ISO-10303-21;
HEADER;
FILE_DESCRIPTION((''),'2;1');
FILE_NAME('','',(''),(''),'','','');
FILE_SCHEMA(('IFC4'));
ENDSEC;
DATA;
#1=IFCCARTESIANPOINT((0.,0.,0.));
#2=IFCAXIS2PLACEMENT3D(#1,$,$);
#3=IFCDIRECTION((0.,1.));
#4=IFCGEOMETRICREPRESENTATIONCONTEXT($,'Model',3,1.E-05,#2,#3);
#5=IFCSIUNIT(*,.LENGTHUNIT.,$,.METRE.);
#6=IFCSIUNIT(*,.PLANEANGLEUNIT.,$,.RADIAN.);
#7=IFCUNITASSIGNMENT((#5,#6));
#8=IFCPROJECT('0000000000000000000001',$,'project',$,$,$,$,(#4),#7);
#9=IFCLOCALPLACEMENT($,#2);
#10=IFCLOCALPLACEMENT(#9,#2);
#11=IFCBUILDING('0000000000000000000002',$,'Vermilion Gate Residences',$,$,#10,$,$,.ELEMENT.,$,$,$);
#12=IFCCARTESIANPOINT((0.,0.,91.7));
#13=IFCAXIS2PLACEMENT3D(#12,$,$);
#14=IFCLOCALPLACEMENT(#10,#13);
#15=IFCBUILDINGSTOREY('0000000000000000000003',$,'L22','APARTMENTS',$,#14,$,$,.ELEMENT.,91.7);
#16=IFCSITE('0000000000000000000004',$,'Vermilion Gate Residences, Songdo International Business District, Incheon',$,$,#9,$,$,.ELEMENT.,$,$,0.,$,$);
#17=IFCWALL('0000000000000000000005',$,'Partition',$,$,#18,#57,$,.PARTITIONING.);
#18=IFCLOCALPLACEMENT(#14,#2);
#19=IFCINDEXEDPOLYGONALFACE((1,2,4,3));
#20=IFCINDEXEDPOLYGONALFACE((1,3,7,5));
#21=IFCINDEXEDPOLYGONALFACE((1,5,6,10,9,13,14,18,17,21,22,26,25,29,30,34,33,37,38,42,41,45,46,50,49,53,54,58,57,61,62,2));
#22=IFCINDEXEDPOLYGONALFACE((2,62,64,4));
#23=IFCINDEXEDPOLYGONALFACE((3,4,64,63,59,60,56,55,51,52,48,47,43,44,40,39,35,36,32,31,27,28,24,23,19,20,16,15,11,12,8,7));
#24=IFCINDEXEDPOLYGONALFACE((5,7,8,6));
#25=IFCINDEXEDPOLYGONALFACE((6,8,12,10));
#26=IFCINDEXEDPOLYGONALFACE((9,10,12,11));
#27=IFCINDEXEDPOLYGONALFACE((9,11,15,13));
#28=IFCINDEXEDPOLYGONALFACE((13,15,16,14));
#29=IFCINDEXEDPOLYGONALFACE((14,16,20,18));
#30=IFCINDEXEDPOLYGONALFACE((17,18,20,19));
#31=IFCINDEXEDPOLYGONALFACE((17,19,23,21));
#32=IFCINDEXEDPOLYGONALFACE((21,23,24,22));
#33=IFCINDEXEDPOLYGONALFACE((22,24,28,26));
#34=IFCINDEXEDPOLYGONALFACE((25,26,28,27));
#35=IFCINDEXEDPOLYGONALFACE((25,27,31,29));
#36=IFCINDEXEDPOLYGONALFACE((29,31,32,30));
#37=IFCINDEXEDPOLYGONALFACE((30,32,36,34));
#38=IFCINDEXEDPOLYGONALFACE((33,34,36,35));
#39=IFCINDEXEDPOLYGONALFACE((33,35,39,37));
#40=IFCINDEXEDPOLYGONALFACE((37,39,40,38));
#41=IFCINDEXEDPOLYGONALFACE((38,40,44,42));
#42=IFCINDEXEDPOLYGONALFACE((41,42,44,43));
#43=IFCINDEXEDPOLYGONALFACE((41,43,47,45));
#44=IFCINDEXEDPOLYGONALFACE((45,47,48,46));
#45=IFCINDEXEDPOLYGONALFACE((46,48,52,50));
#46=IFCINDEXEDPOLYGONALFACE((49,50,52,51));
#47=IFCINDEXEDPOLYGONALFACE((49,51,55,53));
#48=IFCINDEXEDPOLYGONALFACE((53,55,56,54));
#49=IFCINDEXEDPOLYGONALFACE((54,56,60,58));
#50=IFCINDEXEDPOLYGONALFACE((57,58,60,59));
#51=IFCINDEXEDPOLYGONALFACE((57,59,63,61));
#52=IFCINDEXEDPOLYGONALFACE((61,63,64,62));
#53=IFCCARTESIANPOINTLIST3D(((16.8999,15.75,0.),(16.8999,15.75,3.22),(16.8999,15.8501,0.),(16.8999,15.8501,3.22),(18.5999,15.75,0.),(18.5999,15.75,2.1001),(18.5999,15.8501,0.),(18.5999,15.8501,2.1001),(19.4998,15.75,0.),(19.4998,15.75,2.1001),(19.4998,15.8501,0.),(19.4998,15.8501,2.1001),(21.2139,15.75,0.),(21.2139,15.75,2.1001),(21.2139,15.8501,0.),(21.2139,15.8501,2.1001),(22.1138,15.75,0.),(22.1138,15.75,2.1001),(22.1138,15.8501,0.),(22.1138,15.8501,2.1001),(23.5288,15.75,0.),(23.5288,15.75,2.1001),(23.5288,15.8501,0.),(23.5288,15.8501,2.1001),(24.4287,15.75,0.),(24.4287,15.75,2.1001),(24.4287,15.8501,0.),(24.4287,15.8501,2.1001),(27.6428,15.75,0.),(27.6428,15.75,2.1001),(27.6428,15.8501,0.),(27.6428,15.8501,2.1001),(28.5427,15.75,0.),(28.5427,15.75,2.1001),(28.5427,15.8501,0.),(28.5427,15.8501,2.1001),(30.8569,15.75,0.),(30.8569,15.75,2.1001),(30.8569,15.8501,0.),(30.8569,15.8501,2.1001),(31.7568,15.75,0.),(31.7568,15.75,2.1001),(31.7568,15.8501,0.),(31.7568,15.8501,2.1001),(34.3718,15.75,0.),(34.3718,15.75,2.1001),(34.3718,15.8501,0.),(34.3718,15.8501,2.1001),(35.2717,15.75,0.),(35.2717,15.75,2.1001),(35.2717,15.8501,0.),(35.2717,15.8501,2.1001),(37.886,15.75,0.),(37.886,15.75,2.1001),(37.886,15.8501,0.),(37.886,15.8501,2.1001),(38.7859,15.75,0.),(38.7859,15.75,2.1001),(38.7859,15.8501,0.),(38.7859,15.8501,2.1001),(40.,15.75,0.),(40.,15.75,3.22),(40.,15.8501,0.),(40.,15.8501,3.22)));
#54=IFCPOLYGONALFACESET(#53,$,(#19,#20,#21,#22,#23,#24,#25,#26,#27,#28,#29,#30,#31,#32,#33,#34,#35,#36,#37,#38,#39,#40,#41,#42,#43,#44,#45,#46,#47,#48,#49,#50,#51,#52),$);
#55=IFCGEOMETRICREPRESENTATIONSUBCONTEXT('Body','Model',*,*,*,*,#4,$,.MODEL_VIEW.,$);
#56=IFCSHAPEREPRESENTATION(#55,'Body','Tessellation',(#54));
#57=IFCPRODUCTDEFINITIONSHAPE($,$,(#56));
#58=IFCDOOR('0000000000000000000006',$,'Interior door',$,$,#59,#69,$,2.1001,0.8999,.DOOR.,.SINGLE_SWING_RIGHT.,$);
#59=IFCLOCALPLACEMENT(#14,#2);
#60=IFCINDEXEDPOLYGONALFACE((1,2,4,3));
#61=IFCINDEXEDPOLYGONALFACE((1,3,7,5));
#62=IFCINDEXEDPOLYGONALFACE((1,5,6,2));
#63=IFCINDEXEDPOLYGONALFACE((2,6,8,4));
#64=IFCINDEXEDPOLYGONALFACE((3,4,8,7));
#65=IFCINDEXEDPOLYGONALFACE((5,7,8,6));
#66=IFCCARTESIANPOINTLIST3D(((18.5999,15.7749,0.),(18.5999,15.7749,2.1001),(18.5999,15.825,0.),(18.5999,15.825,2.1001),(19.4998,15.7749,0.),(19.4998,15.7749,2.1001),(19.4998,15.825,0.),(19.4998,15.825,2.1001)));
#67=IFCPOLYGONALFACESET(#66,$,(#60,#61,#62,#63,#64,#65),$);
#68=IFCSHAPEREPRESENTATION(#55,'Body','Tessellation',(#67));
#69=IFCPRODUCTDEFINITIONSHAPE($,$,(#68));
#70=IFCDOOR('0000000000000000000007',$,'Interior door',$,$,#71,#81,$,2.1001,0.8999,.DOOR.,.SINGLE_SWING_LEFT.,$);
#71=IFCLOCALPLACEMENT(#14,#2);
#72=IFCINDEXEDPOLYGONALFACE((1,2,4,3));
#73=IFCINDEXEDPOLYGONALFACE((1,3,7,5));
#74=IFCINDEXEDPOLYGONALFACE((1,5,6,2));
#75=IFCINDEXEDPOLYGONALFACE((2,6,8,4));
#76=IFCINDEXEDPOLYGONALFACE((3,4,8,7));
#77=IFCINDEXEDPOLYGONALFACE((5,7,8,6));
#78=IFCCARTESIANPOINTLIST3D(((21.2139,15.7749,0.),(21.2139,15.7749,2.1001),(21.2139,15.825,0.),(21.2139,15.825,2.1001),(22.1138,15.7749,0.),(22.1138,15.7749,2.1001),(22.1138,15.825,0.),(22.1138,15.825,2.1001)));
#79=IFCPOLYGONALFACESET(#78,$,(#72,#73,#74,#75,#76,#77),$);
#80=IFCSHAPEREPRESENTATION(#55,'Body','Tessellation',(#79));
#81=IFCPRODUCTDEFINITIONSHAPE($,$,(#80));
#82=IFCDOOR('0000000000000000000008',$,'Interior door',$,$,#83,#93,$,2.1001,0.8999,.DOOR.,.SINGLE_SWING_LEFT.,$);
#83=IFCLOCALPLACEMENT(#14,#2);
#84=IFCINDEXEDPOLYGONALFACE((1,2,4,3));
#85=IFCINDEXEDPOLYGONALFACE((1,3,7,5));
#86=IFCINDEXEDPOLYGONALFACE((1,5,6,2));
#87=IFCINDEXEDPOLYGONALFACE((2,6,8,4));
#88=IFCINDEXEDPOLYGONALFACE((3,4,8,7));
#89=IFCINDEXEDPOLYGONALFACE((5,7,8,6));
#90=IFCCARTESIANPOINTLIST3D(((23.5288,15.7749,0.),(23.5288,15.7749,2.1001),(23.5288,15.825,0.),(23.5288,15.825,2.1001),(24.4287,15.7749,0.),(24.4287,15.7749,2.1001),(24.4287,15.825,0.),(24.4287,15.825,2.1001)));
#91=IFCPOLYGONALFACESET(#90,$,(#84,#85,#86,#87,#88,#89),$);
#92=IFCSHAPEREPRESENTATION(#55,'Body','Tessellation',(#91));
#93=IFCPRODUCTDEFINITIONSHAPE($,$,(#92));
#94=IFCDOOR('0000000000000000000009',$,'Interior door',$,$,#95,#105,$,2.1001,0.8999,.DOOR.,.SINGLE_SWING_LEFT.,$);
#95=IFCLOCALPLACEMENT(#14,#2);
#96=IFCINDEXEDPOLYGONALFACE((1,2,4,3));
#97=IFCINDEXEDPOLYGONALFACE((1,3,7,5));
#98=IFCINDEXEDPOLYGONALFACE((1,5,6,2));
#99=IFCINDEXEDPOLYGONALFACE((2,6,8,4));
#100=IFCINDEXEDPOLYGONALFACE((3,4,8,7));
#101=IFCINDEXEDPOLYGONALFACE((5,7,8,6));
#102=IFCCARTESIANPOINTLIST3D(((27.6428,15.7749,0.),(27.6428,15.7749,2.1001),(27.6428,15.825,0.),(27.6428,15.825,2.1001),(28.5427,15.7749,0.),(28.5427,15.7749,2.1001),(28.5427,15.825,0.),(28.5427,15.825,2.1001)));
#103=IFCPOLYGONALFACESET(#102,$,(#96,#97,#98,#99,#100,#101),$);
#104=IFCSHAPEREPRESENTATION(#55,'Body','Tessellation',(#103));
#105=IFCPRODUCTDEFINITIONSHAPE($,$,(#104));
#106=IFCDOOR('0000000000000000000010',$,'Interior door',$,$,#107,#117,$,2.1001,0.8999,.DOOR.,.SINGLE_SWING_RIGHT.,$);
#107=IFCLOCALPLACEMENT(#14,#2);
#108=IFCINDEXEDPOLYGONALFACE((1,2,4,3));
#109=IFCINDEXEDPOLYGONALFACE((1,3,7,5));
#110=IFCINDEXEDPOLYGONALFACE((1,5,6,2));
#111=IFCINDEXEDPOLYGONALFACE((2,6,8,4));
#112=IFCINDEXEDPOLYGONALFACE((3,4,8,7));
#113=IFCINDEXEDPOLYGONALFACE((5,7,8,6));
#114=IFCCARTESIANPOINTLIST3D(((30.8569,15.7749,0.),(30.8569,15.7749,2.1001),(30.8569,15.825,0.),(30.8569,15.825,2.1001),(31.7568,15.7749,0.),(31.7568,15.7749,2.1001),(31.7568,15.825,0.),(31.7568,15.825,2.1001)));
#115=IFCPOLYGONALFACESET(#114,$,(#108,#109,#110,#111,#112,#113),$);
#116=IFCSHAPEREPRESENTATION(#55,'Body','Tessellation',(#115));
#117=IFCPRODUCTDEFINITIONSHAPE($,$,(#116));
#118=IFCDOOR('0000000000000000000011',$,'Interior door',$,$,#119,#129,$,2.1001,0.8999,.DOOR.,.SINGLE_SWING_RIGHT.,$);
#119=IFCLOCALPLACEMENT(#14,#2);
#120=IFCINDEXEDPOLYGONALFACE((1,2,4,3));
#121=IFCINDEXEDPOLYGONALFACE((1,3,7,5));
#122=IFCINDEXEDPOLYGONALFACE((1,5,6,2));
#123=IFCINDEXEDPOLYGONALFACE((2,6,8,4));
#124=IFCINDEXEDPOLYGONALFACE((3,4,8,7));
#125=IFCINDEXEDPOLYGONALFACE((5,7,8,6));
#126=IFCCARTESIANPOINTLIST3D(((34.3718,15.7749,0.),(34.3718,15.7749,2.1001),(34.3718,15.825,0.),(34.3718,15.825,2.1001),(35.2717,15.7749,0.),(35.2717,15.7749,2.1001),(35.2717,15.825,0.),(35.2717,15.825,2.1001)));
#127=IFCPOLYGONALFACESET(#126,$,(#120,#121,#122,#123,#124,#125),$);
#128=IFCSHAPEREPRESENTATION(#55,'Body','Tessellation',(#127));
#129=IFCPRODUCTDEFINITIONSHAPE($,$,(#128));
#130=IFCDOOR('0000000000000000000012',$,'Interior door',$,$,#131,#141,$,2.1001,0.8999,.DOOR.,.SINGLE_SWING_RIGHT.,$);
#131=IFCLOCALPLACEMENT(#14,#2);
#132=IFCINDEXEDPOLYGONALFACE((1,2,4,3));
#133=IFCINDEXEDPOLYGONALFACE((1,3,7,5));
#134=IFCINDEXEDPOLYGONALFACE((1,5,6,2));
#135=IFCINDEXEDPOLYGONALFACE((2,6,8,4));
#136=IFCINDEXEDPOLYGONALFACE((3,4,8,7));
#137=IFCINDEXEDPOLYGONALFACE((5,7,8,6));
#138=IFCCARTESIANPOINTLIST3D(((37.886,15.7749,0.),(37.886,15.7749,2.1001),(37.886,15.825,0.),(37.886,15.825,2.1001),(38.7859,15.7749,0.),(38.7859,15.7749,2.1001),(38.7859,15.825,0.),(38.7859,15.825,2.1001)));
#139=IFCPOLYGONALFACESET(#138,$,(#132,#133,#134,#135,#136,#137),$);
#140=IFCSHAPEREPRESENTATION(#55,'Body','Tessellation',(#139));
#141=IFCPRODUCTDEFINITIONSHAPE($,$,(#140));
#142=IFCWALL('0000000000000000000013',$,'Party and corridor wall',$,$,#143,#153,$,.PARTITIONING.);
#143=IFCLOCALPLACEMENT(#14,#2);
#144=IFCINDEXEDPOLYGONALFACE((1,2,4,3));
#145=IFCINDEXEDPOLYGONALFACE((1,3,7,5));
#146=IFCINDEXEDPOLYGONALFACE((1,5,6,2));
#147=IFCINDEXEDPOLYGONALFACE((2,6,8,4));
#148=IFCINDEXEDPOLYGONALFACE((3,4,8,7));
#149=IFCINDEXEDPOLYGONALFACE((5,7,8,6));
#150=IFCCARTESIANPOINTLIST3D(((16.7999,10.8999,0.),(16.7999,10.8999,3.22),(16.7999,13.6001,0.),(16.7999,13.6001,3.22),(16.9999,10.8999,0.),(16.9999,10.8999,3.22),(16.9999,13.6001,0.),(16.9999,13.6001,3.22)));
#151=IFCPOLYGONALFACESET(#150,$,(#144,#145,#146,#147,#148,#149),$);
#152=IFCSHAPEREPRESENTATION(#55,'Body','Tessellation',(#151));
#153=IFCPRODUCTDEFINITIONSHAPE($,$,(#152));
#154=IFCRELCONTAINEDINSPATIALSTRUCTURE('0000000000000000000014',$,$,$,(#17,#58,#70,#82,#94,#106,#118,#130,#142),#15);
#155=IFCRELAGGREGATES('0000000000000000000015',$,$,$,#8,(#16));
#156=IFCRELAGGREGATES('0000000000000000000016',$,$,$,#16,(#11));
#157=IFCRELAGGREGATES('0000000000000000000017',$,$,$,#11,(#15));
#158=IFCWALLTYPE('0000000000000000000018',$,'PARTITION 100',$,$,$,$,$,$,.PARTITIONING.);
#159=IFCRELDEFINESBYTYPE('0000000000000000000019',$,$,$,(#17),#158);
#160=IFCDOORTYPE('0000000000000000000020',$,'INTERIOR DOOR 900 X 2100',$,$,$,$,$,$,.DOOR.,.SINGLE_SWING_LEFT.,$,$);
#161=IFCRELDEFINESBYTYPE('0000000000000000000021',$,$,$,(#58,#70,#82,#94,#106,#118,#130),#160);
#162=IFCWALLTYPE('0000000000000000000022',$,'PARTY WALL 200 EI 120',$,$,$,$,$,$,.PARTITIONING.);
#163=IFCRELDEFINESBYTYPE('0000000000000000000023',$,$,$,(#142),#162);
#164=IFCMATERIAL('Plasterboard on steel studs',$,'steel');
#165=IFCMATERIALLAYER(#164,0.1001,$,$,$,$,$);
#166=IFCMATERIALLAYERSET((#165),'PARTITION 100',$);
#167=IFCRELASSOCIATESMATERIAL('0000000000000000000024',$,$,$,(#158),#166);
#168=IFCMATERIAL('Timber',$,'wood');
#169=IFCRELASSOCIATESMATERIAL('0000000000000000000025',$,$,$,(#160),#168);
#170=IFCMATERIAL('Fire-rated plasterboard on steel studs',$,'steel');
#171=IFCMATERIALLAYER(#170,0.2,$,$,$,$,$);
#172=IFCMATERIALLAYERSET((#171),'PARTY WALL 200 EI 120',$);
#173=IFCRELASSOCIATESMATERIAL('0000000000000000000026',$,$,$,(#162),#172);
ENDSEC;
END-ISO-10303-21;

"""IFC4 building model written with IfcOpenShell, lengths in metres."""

from ifc_helpers import new_model, si_unit, direction, frame, frame_2d, origin, place, context, subcontext, project, spatial, rectangle, extrude, material, layer, layer_set, type_object, element, fill, save


model = new_model("IFC4")

# Units and contexts
model_context = context("Model", 3, precision=1e-05, world=origin(), true_north=direction((0.0, 1.0)))
body_context = subcontext(model_context, "Body", "Model", "MODEL_VIEW")
ifc_project = project(units=[si_unit("LENGTHUNIT", "METRE"), si_unit("PLANEANGLEUNIT", "RADIAN")], contexts=[model_context])

# Site, building, storey
site_placement = place(None, origin())
site = spatial("IfcSite", under=ifc_project, at=site_placement, Name="Vermilion Gate Residences, Songdo International Business District, Incheon", CompositionType="ELEMENT", RefElevation=0.0)
building_placement = place(site_placement, origin())
building = spatial("IfcBuilding", under=site, at=building_placement, Name="Vermilion Gate Residences", CompositionType="ELEMENT")
storey_placement = place(building_placement, frame((0.0, 0.0, 91.7)))
storey = spatial("IfcBuildingStorey", under=building, at=storey_placement, Name="L22", Description="APARTMENTS", CompositionType="ELEMENT", Elevation=91.7)

# Wall, openings, doors
ifc_material_1 = material(Name="Plasterboard on steel studs", Category="steel")
ifc_layer_1 = layer(ifc_material_1, 0.1001)
ifc_layer_set_1 = layer_set([ifc_layer_1], Name="PARTITION 100")
wall_type_1 = type_object("IfcWallType", Name="PARTITION 100", PredefinedType="PARTITIONING", material=ifc_layer_set_1)
ifc_material_2 = material(Name="Timber", Category="wood")
door_type_1 = type_object("IfcDoorType", Name="INTERIOR DOOR 900 X 2100", OperationType="SINGLE_SWING_LEFT", PredefinedType="DOOR", material=ifc_material_2)
wall_1_placement = place(storey_placement, frame((16.8999, 15.8, 0.0), z_axis=(0.0, 0.0, 1.0), x_axis=(1.0, 0.0, 0.0)))
wall_1 = element("IfcWall", 1, at=wall_1_placement, inside=storey, type_object=wall_type_1, Name="Partition", PredefinedType="PARTITIONING", context=body_context, shape_type="SweptSolid", body=[
    extrude(rectangle(XDim=23.1001, YDim=0.1001, at=frame_2d((11.55, 0.0))), origin(), (0.0, 0.0, 1.0), 3.22),
])
opening_1_placement = place(wall_1_placement, frame((1.7, 0.0, 0.0)))
opening_1 = element("IfcOpeningElement", 2, at=opening_1_placement, cuts=wall_1, PredefinedType="OPENING", context=body_context, shape_type="SweptSolid", body=[
    extrude(rectangle(XDim=0.8999, YDim=2.1001, at=frame_2d((0.45, 1.05))), frame((0.0, 0.0601, 0.0), z_axis=(0.0, -1.0, 0.0), x_axis=(1.0, 0.0, 0.0)), (0.0, 0.0, 1.0), 0.1201),
])
opening_2_placement = place(wall_1_placement, frame((4.314, 0.0, 0.0)))
opening_2 = element("IfcOpeningElement", 3, at=opening_2_placement, cuts=wall_1, PredefinedType="OPENING", context=body_context, shape_type="SweptSolid", body=[
    extrude(rectangle(XDim=0.8999, YDim=2.1001, at=frame_2d((0.45, 1.05))), frame((0.0, 0.0601, 0.0), z_axis=(0.0, -1.0, 0.0), x_axis=(1.0, 0.0, 0.0)), (0.0, 0.0, 1.0), 0.1201),
])
opening_3_placement = place(wall_1_placement, frame((6.6289, 0.0, 0.0)))
opening_3 = element("IfcOpeningElement", 4, at=opening_3_placement, cuts=wall_1, PredefinedType="OPENING", context=body_context, shape_type="SweptSolid", body=[
    extrude(rectangle(XDim=0.8999, YDim=2.1001, at=frame_2d((0.45, 1.05))), frame((0.0, 0.0601, 0.0), z_axis=(0.0, -1.0, 0.0), x_axis=(1.0, 0.0, 0.0)), (0.0, 0.0, 1.0), 0.1201),
])
opening_4_placement = place(wall_1_placement, frame((10.7429, 0.0, 0.0)))
opening_4 = element("IfcOpeningElement", 5, at=opening_4_placement, cuts=wall_1, PredefinedType="OPENING", context=body_context, shape_type="SweptSolid", body=[
    extrude(rectangle(XDim=0.8999, YDim=2.1001, at=frame_2d((0.45, 1.05))), frame((0.0, 0.0601, 0.0), z_axis=(0.0, -1.0, 0.0), x_axis=(1.0, 0.0, 0.0)), (0.0, 0.0, 1.0), 0.1201),
])
opening_5_placement = place(wall_1_placement, frame((13.957, 0.0, 0.0)))
opening_5 = element("IfcOpeningElement", 6, at=opening_5_placement, cuts=wall_1, PredefinedType="OPENING", context=body_context, shape_type="SweptSolid", body=[
    extrude(rectangle(XDim=0.8999, YDim=2.1001, at=frame_2d((0.45, 1.05))), frame((0.0, 0.0601, 0.0), z_axis=(0.0, -1.0, 0.0), x_axis=(1.0, 0.0, 0.0)), (0.0, 0.0, 1.0), 0.1201),
])
opening_6_placement = place(wall_1_placement, frame((17.4719, 0.0, 0.0)))
opening_6 = element("IfcOpeningElement", 7, at=opening_6_placement, cuts=wall_1, PredefinedType="OPENING", context=body_context, shape_type="SweptSolid", body=[
    extrude(rectangle(XDim=0.8999, YDim=2.1001, at=frame_2d((0.45, 1.05))), frame((0.0, 0.0601, 0.0), z_axis=(0.0, -1.0, 0.0), x_axis=(1.0, 0.0, 0.0)), (0.0, 0.0, 1.0), 0.1201),
])
opening_7_placement = place(wall_1_placement, frame((20.9861, 0.0, 0.0)))
opening_7 = element("IfcOpeningElement", 8, at=opening_7_placement, cuts=wall_1, PredefinedType="OPENING", context=body_context, shape_type="SweptSolid", body=[
    extrude(rectangle(XDim=0.8999, YDim=2.1001, at=frame_2d((0.45, 1.05))), frame((0.0, 0.0601, 0.0), z_axis=(0.0, -1.0, 0.0), x_axis=(1.0, 0.0, 0.0)), (0.0, 0.0, 1.0), 0.1201),
])
door_1_placement = place(opening_1_placement, origin())
door_1 = element("IfcDoor", 9, at=door_1_placement, inside=storey, type_object=door_type_1, Name="Interior door", OperationType="SINGLE_SWING_RIGHT", OverallHeight=2.1001, OverallWidth=0.8999, PredefinedType="DOOR", context=body_context, shape_type="SweptSolid", body=[
    extrude(rectangle(XDim=0.8999, YDim=2.1001, at=frame_2d((0.45, 1.05))), frame((0.0, 0.0249, 0.0), z_axis=(0.0, -1.0, 0.0), x_axis=(1.0, 0.0, 0.0)), (0.0, 0.0, 1.0), 0.05),
])
fill(opening_1, door_1)
door_2_placement = place(opening_2_placement, origin())
door_2 = element("IfcDoor", 10, at=door_2_placement, inside=storey, type_object=door_type_1, Name="Interior door", OperationType="SINGLE_SWING_LEFT", OverallHeight=2.1001, OverallWidth=0.8999, PredefinedType="DOOR", context=body_context, shape_type="SweptSolid", body=[
    extrude(rectangle(XDim=0.8999, YDim=2.1001, at=frame_2d((0.45, 1.05))), frame((0.0, 0.0249, 0.0), z_axis=(0.0, -1.0, 0.0), x_axis=(1.0, 0.0, 0.0)), (0.0, 0.0, 1.0), 0.05),
])
fill(opening_2, door_2)
door_3_placement = place(opening_3_placement, origin())
door_3 = element("IfcDoor", 11, at=door_3_placement, inside=storey, type_object=door_type_1, Name="Interior door", OperationType="SINGLE_SWING_LEFT", OverallHeight=2.1001, OverallWidth=0.8999, PredefinedType="DOOR", context=body_context, shape_type="SweptSolid", body=[
    extrude(rectangle(XDim=0.8999, YDim=2.1001, at=frame_2d((0.45, 1.05))), frame((0.0, 0.0249, 0.0), z_axis=(0.0, -1.0, 0.0), x_axis=(1.0, 0.0, 0.0)), (0.0, 0.0, 1.0), 0.05),
])
fill(opening_3, door_3)
door_4_placement = place(opening_4_placement, origin())
door_4 = element("IfcDoor", 12, at=door_4_placement, inside=storey, type_object=door_type_1, Name="Interior door", OperationType="SINGLE_SWING_LEFT", OverallHeight=2.1001, OverallWidth=0.8999, PredefinedType="DOOR", context=body_context, shape_type="SweptSolid", body=[
    extrude(rectangle(XDim=0.8999, YDim=2.1001, at=frame_2d((0.45, 1.05))), frame((0.0, 0.0249, 0.0), z_axis=(0.0, -1.0, 0.0), x_axis=(1.0, 0.0, 0.0)), (0.0, 0.0, 1.0), 0.05),
])
fill(opening_4, door_4)
door_5_placement = place(opening_5_placement, origin())
door_5 = element("IfcDoor", 13, at=door_5_placement, inside=storey, type_object=door_type_1, Name="Interior door", OperationType="SINGLE_SWING_RIGHT", OverallHeight=2.1001, OverallWidth=0.8999, PredefinedType="DOOR", context=body_context, shape_type="SweptSolid", body=[
    extrude(rectangle(XDim=0.8999, YDim=2.1001, at=frame_2d((0.45, 1.05))), frame((0.0, 0.0249, 0.0), z_axis=(0.0, -1.0, 0.0), x_axis=(1.0, 0.0, 0.0)), (0.0, 0.0, 1.0), 0.05),
])
fill(opening_5, door_5)
door_6_placement = place(opening_6_placement, origin())
door_6 = element("IfcDoor", 14, at=door_6_placement, inside=storey, type_object=door_type_1, Name="Interior door", OperationType="SINGLE_SWING_RIGHT", OverallHeight=2.1001, OverallWidth=0.8999, PredefinedType="DOOR", context=body_context, shape_type="SweptSolid", body=[
    extrude(rectangle(XDim=0.8999, YDim=2.1001, at=frame_2d((0.45, 1.05))), frame((0.0, 0.0249, 0.0), z_axis=(0.0, -1.0, 0.0), x_axis=(1.0, 0.0, 0.0)), (0.0, 0.0, 1.0), 0.05),
])
fill(opening_6, door_6)
door_7_placement = place(opening_7_placement, origin())
door_7 = element("IfcDoor", 15, at=door_7_placement, inside=storey, type_object=door_type_1, Name="Interior door", OperationType="SINGLE_SWING_RIGHT", OverallHeight=2.1001, OverallWidth=0.8999, PredefinedType="DOOR", context=body_context, shape_type="SweptSolid", body=[
    extrude(rectangle(XDim=0.8999, YDim=2.1001, at=frame_2d((0.45, 1.05))), frame((0.0, 0.0249, 0.0), z_axis=(0.0, -1.0, 0.0), x_axis=(1.0, 0.0, 0.0)), (0.0, 0.0, 1.0), 0.05),
])
fill(opening_7, door_7)

# Wall
ifc_material_3 = material(Name="Fire-rated plasterboard on steel studs", Category="steel")
ifc_layer_2 = layer(ifc_material_3, 0.2)
ifc_layer_set_2 = layer_set([ifc_layer_2], Name="PARTY WALL 200 EI 120")
wall_type_2 = type_object("IfcWallType", Name="PARTY WALL 200 EI 120", PredefinedType="PARTITIONING", material=ifc_layer_set_2)
wall_2_placement = place(storey_placement, frame((16.8999, 10.8999, 0.0), z_axis=(0.0, 0.0, 1.0), x_axis=(0.0, 1.0, 0.0)))
element("IfcWall", 16, at=wall_2_placement, inside=storey, type_object=wall_type_2, Name="Party and corridor wall", PredefinedType="PARTITIONING", context=body_context, shape_type="SweptSolid", body=[
    extrude(rectangle(XDim=2.7002, YDim=0.2, at=frame_2d((1.3501, 0.0))), origin(), (0.0, 0.0, 1.0), 3.22),
])

save(model, "model.ifc")
